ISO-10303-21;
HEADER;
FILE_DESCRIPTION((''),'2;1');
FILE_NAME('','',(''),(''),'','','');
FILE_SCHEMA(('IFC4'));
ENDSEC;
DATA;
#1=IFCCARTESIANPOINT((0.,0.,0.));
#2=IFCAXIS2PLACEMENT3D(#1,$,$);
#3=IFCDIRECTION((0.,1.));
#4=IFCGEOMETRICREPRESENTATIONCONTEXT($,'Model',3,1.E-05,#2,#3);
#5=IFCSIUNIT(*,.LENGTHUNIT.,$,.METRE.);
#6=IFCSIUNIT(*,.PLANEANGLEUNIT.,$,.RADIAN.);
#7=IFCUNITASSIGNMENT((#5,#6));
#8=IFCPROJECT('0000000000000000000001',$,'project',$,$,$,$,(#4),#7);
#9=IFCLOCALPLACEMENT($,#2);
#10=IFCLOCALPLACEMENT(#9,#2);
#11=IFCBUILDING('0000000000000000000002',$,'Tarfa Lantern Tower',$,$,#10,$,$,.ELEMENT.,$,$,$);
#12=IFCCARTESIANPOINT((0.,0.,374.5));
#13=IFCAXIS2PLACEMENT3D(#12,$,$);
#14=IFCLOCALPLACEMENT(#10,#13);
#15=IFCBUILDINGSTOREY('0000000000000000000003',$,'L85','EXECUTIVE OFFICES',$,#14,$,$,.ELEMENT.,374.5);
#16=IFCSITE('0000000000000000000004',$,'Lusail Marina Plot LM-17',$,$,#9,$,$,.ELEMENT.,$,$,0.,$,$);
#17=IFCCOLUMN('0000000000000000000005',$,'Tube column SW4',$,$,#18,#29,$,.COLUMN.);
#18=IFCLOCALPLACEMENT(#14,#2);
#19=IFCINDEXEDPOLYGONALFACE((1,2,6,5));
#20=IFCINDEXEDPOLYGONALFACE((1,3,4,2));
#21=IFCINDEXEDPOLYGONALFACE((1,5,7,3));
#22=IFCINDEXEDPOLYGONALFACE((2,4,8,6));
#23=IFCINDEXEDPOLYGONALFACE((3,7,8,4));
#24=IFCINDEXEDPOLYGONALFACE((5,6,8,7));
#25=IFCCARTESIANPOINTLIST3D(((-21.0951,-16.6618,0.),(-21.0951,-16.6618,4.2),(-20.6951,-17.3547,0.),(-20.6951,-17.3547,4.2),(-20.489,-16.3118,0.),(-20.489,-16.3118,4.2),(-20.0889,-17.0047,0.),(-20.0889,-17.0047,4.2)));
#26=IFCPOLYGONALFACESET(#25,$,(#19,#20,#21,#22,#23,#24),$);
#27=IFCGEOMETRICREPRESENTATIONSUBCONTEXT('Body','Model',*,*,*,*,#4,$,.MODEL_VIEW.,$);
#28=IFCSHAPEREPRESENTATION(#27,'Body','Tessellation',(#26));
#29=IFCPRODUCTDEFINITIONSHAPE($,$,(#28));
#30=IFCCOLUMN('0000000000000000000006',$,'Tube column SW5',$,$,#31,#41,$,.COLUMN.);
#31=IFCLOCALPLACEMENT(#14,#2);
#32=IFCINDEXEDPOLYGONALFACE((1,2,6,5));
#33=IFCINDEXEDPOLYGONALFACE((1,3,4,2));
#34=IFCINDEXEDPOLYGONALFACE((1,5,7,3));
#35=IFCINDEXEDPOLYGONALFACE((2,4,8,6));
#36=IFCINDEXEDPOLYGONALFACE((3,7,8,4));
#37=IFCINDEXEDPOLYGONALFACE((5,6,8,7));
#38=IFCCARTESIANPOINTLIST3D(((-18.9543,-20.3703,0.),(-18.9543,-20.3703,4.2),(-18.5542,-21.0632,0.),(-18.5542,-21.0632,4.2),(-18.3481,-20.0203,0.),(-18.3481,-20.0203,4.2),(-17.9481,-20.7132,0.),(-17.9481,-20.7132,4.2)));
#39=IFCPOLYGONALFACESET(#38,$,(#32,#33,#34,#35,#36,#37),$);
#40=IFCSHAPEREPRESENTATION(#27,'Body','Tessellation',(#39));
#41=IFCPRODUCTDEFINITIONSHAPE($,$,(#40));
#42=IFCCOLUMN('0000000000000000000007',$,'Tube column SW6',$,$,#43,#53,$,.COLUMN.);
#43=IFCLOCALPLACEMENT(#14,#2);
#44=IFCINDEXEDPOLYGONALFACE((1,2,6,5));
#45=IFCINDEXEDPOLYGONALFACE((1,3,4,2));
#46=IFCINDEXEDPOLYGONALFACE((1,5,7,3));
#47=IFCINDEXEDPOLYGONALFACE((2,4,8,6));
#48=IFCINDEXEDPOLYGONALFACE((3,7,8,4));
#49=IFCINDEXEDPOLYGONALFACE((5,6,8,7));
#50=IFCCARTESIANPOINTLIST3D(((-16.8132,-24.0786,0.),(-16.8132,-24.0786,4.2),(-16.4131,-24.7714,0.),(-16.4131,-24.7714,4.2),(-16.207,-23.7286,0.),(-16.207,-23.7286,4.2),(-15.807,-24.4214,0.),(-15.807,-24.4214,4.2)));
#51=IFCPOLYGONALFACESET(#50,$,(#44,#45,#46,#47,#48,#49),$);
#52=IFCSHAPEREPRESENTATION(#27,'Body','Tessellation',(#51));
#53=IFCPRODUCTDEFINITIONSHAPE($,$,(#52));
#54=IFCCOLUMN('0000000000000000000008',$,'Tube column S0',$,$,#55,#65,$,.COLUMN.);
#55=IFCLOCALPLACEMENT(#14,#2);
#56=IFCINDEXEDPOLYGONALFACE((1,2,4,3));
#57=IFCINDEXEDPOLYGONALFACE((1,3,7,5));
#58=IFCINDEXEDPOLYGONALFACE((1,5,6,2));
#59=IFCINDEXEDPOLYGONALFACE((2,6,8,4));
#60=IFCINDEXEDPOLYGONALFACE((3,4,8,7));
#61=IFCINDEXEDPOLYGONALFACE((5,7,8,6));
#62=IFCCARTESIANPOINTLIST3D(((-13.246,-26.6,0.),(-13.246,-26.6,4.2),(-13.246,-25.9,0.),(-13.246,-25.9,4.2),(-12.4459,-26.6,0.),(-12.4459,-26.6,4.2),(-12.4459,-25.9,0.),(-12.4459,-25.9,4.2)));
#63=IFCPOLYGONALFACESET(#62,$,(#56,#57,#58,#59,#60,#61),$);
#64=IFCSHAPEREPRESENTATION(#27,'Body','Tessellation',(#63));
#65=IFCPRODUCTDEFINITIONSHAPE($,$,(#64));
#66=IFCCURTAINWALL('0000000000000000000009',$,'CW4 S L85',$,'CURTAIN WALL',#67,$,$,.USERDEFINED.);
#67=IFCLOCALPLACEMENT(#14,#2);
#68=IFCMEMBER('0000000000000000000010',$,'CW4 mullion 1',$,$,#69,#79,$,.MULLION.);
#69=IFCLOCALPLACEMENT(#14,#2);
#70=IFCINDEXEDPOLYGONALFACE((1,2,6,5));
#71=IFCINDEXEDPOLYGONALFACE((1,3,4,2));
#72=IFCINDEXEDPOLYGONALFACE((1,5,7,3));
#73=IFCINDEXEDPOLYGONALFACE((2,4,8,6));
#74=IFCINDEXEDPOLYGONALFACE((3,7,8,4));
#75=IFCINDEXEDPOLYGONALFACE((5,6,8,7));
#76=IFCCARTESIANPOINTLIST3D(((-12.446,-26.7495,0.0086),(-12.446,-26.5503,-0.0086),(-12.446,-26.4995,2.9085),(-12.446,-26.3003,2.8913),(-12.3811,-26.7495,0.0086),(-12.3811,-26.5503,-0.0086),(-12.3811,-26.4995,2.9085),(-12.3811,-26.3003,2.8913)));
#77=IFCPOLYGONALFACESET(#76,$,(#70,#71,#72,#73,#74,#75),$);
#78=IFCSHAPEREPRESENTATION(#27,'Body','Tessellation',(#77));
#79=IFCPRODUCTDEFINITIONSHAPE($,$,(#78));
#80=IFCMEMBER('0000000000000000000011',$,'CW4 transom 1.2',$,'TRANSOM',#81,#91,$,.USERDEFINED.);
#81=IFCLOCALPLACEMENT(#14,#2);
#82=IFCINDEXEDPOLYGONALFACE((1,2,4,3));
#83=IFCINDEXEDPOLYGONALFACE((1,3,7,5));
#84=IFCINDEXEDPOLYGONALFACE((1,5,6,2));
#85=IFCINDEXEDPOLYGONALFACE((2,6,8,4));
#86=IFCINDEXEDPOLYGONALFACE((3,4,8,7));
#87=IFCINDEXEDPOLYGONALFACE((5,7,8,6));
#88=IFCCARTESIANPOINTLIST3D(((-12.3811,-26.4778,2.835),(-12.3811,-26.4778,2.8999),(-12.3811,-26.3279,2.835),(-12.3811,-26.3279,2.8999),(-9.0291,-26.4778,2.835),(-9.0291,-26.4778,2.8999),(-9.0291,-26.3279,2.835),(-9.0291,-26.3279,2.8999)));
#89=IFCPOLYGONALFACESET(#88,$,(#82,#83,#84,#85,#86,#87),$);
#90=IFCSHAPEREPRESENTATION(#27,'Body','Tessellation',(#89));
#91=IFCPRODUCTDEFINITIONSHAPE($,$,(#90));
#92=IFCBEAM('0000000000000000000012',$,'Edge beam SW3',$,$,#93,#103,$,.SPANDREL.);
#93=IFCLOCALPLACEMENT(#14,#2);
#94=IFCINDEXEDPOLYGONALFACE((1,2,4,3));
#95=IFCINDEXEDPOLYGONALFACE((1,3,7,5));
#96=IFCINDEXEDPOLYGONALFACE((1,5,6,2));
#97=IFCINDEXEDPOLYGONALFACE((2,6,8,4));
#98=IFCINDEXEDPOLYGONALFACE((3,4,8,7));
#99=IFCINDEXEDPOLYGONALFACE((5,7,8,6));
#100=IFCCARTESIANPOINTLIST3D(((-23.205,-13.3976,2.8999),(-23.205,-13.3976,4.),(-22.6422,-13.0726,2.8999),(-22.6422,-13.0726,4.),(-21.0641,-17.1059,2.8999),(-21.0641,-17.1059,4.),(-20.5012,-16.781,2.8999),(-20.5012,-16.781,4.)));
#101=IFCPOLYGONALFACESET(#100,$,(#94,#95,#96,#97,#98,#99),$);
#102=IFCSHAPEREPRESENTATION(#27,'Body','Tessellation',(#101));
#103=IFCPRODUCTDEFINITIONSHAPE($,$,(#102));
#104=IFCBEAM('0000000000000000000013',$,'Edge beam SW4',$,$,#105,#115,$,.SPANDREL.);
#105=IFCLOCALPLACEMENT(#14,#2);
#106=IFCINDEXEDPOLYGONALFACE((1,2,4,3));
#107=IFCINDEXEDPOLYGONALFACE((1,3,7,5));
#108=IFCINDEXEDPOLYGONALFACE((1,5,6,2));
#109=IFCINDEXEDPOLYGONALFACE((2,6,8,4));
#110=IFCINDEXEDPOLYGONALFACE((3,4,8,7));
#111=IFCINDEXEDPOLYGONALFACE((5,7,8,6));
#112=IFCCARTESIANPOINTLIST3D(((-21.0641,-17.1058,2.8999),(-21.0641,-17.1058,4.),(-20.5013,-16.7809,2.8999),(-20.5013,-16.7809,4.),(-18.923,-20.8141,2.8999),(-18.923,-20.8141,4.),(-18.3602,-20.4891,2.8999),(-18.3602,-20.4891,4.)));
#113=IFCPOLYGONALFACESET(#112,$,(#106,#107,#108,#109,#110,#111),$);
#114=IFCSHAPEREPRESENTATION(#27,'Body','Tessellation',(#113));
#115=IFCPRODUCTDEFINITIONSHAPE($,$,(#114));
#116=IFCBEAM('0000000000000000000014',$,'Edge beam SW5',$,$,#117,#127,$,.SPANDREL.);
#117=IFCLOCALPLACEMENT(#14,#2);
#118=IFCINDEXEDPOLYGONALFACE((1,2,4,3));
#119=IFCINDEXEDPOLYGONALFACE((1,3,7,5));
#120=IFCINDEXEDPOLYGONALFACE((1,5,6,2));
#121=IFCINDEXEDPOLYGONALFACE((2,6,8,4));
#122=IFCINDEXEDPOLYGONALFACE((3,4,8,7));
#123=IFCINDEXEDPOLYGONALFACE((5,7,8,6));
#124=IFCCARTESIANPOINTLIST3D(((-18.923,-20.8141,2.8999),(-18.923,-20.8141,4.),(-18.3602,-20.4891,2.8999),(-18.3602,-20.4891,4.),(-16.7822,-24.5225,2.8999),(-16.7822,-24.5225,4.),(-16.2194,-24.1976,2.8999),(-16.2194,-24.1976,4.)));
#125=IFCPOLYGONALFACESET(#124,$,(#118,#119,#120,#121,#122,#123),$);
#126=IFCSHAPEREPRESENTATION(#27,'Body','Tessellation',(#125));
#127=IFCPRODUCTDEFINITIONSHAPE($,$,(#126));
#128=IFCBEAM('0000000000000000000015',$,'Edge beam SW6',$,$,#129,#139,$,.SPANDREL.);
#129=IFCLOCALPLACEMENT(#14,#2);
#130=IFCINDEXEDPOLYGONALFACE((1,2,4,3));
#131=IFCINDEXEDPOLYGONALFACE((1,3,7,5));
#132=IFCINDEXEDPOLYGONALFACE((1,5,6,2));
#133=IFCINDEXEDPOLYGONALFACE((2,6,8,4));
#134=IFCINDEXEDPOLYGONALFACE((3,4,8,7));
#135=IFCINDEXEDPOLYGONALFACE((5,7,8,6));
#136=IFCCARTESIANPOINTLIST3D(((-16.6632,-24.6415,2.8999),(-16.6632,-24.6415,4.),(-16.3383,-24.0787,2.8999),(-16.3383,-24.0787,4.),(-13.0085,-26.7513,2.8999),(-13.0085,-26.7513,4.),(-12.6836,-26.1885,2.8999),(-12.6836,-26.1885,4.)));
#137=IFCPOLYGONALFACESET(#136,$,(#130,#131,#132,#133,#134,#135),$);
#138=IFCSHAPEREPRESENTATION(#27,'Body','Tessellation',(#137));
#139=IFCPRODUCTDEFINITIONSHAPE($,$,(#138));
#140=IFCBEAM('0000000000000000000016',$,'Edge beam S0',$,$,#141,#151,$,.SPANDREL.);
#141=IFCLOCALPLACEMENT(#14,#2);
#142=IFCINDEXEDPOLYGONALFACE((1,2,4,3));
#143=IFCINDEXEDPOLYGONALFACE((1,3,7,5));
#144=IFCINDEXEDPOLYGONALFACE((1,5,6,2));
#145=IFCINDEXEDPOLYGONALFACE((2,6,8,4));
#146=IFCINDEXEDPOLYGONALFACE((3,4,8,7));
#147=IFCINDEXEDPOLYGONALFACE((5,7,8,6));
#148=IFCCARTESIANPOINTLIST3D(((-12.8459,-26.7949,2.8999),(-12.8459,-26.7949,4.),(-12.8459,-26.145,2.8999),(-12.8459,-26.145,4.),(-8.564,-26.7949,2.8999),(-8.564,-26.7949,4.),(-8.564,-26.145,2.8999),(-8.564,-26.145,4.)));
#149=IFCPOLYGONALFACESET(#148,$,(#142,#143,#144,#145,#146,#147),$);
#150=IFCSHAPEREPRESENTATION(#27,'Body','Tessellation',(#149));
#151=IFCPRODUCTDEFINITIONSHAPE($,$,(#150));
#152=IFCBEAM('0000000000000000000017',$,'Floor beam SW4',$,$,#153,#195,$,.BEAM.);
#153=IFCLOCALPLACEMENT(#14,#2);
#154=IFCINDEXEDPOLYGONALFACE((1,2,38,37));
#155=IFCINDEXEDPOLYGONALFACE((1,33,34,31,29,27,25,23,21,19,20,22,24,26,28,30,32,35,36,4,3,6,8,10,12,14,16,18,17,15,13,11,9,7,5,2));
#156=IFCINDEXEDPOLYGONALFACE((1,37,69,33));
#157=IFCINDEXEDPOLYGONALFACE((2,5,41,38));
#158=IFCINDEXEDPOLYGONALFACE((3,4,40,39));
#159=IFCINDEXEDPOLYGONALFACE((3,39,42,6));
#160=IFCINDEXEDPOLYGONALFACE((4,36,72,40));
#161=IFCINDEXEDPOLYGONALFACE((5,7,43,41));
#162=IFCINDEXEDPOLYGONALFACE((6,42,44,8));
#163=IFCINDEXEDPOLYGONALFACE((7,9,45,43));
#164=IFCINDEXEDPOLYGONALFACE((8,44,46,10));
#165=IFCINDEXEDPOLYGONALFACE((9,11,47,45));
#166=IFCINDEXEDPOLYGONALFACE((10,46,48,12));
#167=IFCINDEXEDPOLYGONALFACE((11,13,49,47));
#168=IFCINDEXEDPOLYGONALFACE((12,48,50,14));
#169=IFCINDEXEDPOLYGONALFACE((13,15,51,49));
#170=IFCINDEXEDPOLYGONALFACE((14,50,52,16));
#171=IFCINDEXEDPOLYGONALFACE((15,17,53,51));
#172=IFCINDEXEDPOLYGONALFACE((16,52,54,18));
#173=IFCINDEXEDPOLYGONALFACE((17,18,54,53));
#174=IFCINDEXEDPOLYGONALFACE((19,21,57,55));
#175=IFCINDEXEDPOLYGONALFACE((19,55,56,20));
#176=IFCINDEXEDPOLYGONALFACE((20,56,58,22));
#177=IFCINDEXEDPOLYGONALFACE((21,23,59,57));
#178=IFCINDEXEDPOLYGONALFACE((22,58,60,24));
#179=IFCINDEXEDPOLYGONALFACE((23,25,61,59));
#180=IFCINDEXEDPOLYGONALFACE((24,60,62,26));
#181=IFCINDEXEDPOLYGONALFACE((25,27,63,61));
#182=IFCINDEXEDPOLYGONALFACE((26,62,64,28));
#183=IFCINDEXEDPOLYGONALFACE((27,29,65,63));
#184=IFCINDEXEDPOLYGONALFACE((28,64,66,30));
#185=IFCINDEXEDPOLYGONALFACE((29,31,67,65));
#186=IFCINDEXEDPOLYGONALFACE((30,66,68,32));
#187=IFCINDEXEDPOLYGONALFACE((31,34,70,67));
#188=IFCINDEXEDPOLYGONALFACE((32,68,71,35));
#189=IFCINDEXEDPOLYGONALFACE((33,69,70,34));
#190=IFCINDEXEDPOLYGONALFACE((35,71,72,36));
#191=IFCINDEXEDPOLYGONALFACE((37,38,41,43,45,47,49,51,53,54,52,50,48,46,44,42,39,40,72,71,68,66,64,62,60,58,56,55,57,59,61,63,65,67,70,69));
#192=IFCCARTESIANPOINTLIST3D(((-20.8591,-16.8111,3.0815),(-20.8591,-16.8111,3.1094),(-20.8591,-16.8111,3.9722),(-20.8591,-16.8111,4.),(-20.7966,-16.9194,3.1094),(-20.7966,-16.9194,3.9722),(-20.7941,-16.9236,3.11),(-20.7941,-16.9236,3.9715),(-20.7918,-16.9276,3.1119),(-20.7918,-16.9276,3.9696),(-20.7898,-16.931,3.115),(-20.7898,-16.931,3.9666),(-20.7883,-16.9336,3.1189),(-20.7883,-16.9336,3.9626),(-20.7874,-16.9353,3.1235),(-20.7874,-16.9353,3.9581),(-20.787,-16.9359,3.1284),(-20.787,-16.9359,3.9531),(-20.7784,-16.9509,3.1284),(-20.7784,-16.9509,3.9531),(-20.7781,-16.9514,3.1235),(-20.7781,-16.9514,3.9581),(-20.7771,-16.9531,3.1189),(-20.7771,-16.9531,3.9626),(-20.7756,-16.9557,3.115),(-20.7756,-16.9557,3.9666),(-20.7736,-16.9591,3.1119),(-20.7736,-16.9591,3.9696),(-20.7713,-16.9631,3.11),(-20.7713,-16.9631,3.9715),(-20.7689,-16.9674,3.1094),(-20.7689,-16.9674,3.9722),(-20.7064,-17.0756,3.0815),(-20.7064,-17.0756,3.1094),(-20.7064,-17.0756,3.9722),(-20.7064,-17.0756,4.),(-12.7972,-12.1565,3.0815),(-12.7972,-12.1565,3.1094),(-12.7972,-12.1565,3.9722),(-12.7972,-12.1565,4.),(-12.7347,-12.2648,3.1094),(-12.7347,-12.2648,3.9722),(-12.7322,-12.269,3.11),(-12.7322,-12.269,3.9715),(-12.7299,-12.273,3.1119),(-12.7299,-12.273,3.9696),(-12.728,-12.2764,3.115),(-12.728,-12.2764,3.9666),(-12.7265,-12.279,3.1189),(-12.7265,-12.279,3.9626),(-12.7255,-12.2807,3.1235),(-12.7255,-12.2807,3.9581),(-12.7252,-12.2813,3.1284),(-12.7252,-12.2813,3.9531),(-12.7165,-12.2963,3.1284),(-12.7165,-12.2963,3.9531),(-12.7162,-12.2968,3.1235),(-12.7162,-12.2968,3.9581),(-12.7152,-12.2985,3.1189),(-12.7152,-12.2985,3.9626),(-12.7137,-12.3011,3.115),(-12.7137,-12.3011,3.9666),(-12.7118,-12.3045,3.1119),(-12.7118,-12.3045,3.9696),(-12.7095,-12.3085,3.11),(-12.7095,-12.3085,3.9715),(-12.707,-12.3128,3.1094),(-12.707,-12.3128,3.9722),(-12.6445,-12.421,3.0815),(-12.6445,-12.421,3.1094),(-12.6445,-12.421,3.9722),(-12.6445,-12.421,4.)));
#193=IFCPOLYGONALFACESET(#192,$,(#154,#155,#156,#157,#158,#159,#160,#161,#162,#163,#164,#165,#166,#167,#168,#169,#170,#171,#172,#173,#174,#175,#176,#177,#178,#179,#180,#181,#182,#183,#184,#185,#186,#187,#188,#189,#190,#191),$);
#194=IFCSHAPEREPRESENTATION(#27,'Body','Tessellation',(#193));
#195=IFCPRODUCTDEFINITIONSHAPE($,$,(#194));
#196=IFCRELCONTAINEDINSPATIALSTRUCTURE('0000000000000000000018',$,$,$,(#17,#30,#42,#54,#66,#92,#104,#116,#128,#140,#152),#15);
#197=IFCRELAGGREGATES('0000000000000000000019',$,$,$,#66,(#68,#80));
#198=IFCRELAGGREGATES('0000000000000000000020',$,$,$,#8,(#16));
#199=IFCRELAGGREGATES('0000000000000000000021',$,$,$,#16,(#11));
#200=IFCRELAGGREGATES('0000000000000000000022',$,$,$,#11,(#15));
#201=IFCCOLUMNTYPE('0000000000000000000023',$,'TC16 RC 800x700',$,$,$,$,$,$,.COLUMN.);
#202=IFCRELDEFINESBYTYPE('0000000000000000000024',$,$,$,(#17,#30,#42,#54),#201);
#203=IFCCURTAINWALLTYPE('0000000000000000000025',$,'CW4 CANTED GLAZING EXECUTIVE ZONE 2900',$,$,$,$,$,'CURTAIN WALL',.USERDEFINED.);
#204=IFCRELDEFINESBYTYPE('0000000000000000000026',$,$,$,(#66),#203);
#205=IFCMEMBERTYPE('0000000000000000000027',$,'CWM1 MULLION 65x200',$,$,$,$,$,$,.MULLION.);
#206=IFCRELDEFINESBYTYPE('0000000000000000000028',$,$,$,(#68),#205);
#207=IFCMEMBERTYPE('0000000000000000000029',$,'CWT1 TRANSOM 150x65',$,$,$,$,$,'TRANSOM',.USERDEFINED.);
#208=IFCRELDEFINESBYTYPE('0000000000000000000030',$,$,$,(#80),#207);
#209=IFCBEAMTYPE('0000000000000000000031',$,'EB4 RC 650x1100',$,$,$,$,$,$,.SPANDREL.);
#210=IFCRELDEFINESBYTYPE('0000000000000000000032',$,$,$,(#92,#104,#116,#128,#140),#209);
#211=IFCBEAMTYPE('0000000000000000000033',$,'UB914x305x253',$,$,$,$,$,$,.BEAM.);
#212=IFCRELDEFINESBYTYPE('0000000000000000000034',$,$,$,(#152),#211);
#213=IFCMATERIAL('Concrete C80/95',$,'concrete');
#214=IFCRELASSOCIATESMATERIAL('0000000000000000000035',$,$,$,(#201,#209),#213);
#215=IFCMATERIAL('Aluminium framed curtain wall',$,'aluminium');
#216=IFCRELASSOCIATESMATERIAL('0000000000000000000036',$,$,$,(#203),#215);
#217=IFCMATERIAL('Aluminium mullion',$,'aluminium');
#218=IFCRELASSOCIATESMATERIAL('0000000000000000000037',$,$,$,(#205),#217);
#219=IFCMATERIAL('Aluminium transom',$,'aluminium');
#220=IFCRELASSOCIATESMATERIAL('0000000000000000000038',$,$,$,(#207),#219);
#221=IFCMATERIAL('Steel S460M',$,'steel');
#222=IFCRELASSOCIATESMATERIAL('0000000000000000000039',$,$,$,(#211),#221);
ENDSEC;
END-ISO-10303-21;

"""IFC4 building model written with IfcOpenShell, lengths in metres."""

from ifc_helpers import new_model, si_unit, direction, frame, origin, origin_2d, place, context, subcontext, project, spatial, rectangle, i_section, extrude, material, material_profile, profile_set, type_object, element, aggregate, save


model = new_model("IFC4")

# Units and contexts
model_context = context("Model", 3, precision=1e-05, world=origin(), true_north=direction((0.0, 1.0)))
body_context = subcontext(model_context, "Body", "Model", "MODEL_VIEW")
ifc_project = project(units=[si_unit("LENGTHUNIT", "METRE"), si_unit("PLANEANGLEUNIT", "RADIAN")], contexts=[model_context])

# Site, building, storey
site_placement = place(None, origin())
site = spatial("IfcSite", under=ifc_project, at=site_placement, Name="Lusail Marina Plot LM-17", CompositionType="ELEMENT", RefElevation=0.0)
building_placement = place(site_placement, origin())
building = spatial("IfcBuilding", under=site, at=building_placement, Name="Tarfa Lantern Tower", CompositionType="ELEMENT")
storey_placement = place(building_placement, frame((0.0, 0.0, 374.5)))
storey = spatial("IfcBuildingStorey", under=building, at=storey_placement, Name="L85", Description="EXECUTIVE OFFICES", CompositionType="ELEMENT", Elevation=374.5)

# Columns
ifc_material_1 = material(Name="Concrete C80/95", Category="concrete")
ifc_material_profile_1 = material_profile(ifc_material_1, rectangle(XDim=0.8, YDim=0.7, at=origin_2d()), Name="RC 800x700")
ifc_profile_set_1 = profile_set([ifc_material_profile_1], Name="Concrete C80/95")
column_type = type_object("IfcColumnType", Name="TC16 RC 800x700", PredefinedType="COLUMN", material=ifc_profile_set_1)
for number, where, z_axis, x_axis, name in (
    (1, (-20.592, -16.8333, 0.0), (0.0, 0.0, 1.0), (0.5, -0.866025, 0.0), "Tube column SW4"),
    (2, (-18.4512, -20.5417, 0.0), (0.0, 0.0, 1.0), (0.5, -0.866025, 0.0), "Tube column SW5"),
    (3, (-16.3101, -24.25, 0.0), (0.0, 0.0, 1.0), (0.5, -0.866025, 0.0), "Tube column SW6"),
    (4, (-12.8459, -26.25, 0.0), (0.0, 0.0, 1.0), (1.0, 0.0, 0.0), "Tube column S0"),
):
    element("IfcColumn", number, at=place(storey_placement, frame(where, z_axis=z_axis, x_axis=x_axis)), inside=storey, type_object=column_type, Name=name, PredefinedType="COLUMN", context=body_context, shape_type="SweptSolid", body=[
        extrude(rectangle(XDim=0.8, YDim=0.7, at=origin_2d()), origin(), (0.0, 0.0, 1.0), 4.2),
    ])

# Curtain wall, members
ifc_material_2 = material(Name="Aluminium framed curtain wall", Category="aluminium")
curtain_wall_type = type_object("IfcCurtainWallType", Name="CW4 CANTED GLAZING EXECUTIVE ZONE 2900", ElementType="CURTAIN WALL", PredefinedType="USERDEFINED", material=ifc_material_2)
curtain_wall_placement = place(storey_placement, origin())
curtain_wall = element("IfcCurtainWall", 5, at=curtain_wall_placement, inside=storey, type_object=curtain_wall_type, Name="CW4 S L85", ObjectType="CURTAIN WALL", PredefinedType="USERDEFINED")
ifc_material_3 = material(Name="Aluminium mullion", Category="aluminium")
ifc_material_profile_2 = material_profile(ifc_material_3, rectangle(XDim=0.0649, YDim=0.2, at=origin_2d()), Name="AL MULLION 65x200")
ifc_profile_set_2 = profile_set([ifc_material_profile_2], Name="Aluminium mullion")
member_type_1 = type_object("IfcMemberType", Name="CWM1 MULLION 65x200", PredefinedType="MULLION", material=ifc_profile_set_2)
member_1_placement = place(storey_placement, frame((-12.4136, -26.6499, 0.0), z_axis=(0.0, 0.085891, 0.996305), x_axis=(-1.0, 0.0, 0.0)))
member_1 = element("IfcMember", 6, at=member_1_placement, type_object=member_type_1, Name="CW4 mullion 1", PredefinedType="MULLION", context=body_context, shape_type="SweptSolid", body=[
    extrude(rectangle(XDim=0.0649, YDim=0.2, at=origin_2d()), origin(), (0.0, 0.0, 1.0), 2.9106),
])
ifc_material_4 = material(Name="Aluminium transom", Category="aluminium")
ifc_material_profile_3 = material_profile(ifc_material_4, rectangle(XDim=0.1499, YDim=0.0649, at=origin_2d()), Name="AL TRANSOM 150x65")
ifc_profile_set_3 = profile_set([ifc_material_profile_3], Name="Aluminium transom")
member_type_2 = type_object("IfcMemberType", Name="CWT1 TRANSOM 150x65", ElementType="TRANSOM", PredefinedType="USERDEFINED", material=ifc_profile_set_3)
member_2_placement = place(storey_placement, frame((-12.3811, -26.4028, 2.8674), z_axis=(1.0, 0.0, 0.0), x_axis=(0.0, 1.0, 0.0)))
member_2 = element("IfcMember", 7, at=member_2_placement, type_object=member_type_2, Name="CW4 transom 1.2", ObjectType="TRANSOM", PredefinedType="USERDEFINED", context=body_context, shape_type="SweptSolid", body=[
    extrude(rectangle(XDim=0.1499, YDim=0.0649, at=origin_2d()), origin(), (0.0, 0.0, 1.0), 3.3521),
])

# Beams
ifc_material_profile_4 = material_profile(ifc_material_1, rectangle(XDim=0.6499, YDim=1.1001, at=origin_2d()), Name="RC 650x1100")
ifc_profile_set_4 = profile_set([ifc_material_profile_4], Name="Concrete C80/95")
beam_type_1 = type_object("IfcBeamType", Name="EB4 RC 650x1100", PredefinedType="SPANDREL", material=ifc_profile_set_4)
for number, where, z_axis, x_axis, name in (
    (8, (-22.9236, -13.2351, 3.45), (0.499984, -0.866035, 0.0), (0.866035, 0.499984, 0.0), "Edge beam SW3"),
    (9, (-20.7827, -16.9434, 3.45), (0.500027, -0.86601, 0.0), (0.86601, 0.500027, 0.0), "Edge beam SW4"),
    (10, (-18.6416, -20.6516, 3.45), (0.499959, -0.866049, 0.0), (0.866049, 0.499959, 0.0), "Edge beam SW5"),
):
    element("IfcBeam", number, at=place(storey_placement, frame(where, z_axis=z_axis, x_axis=x_axis)), inside=storey, type_object=beam_type_1, Name=name, PredefinedType="SPANDREL", context=body_context, shape_type="SweptSolid", body=[
        extrude(rectangle(XDim=0.6499, YDim=1.1001, at=origin_2d()), origin(), (0.0, 0.0, 1.0), 4.282),
    ])
beam_1_placement = place(storey_placement, frame((-16.5007, -24.3601, 3.45), z_axis=(0.866049, -0.499959, 0.0), x_axis=(0.499959, 0.866049, 0.0)))
element("IfcBeam", 11, at=beam_1_placement, inside=storey, type_object=beam_type_1, Name="Edge beam SW6", PredefinedType="SPANDREL", context=body_context, shape_type="SweptSolid", body=[
    extrude(rectangle(XDim=0.6499, YDim=1.1001, at=origin_2d()), origin(), (0.0, 0.0, 1.0), 4.22),
])
beam_2_placement = place(storey_placement, frame((-12.8459, -26.47, 3.45), z_axis=(1.0, 0.0, 0.0), x_axis=(0.0, 1.0, 0.0)))
element("IfcBeam", 12, at=beam_2_placement, inside=storey, type_object=beam_type_1, Name="Edge beam S0", PredefinedType="SPANDREL", context=body_context, shape_type="SweptSolid", body=[
    extrude(rectangle(XDim=0.6499, YDim=1.1001, at=origin_2d()), origin(), (0.0, 0.0, 1.0), 4.282),
])
ifc_material_5 = material(Name="Steel S460M", Category="steel")
ifc_material_profile_5 = material_profile(ifc_material_5, i_section(OverallWidth=0.3054, OverallDepth=0.9185, WebThickness=0.0173, FlangeThickness=0.0278, FilletRadius=0.019, at=origin_2d()), Name="UB914x305x253")
ifc_profile_set_5 = profile_set([ifc_material_profile_5], Name="Steel S460M")
beam_type_2 = type_object("IfcBeamType", Name="UB914x305x253", PredefinedType="BEAM", material=ifc_profile_set_5)
beam_3_placement = place(storey_placement, frame((-20.7827, -16.9434, 3.5408), z_axis=(0.866022, 0.500006, 0.0), x_axis=(-0.500006, 0.866022, 0.0)))
element("IfcBeam", 13, at=beam_3_placement, inside=storey, type_object=beam_type_2, Name="Floor beam SW4", PredefinedType="BEAM", context=body_context, shape_type="SweptSolid", body=[
    extrude(i_section(OverallWidth=0.3054, OverallDepth=0.9185, WebThickness=0.0173, FlangeThickness=0.0278, FilletRadius=0.019, at=origin_2d()), origin(), (0.0, 0.0, 1.0), 9.3091),
])

aggregate(curtain_wall, [member_1, member_2])

save(model, "model.ifc")
